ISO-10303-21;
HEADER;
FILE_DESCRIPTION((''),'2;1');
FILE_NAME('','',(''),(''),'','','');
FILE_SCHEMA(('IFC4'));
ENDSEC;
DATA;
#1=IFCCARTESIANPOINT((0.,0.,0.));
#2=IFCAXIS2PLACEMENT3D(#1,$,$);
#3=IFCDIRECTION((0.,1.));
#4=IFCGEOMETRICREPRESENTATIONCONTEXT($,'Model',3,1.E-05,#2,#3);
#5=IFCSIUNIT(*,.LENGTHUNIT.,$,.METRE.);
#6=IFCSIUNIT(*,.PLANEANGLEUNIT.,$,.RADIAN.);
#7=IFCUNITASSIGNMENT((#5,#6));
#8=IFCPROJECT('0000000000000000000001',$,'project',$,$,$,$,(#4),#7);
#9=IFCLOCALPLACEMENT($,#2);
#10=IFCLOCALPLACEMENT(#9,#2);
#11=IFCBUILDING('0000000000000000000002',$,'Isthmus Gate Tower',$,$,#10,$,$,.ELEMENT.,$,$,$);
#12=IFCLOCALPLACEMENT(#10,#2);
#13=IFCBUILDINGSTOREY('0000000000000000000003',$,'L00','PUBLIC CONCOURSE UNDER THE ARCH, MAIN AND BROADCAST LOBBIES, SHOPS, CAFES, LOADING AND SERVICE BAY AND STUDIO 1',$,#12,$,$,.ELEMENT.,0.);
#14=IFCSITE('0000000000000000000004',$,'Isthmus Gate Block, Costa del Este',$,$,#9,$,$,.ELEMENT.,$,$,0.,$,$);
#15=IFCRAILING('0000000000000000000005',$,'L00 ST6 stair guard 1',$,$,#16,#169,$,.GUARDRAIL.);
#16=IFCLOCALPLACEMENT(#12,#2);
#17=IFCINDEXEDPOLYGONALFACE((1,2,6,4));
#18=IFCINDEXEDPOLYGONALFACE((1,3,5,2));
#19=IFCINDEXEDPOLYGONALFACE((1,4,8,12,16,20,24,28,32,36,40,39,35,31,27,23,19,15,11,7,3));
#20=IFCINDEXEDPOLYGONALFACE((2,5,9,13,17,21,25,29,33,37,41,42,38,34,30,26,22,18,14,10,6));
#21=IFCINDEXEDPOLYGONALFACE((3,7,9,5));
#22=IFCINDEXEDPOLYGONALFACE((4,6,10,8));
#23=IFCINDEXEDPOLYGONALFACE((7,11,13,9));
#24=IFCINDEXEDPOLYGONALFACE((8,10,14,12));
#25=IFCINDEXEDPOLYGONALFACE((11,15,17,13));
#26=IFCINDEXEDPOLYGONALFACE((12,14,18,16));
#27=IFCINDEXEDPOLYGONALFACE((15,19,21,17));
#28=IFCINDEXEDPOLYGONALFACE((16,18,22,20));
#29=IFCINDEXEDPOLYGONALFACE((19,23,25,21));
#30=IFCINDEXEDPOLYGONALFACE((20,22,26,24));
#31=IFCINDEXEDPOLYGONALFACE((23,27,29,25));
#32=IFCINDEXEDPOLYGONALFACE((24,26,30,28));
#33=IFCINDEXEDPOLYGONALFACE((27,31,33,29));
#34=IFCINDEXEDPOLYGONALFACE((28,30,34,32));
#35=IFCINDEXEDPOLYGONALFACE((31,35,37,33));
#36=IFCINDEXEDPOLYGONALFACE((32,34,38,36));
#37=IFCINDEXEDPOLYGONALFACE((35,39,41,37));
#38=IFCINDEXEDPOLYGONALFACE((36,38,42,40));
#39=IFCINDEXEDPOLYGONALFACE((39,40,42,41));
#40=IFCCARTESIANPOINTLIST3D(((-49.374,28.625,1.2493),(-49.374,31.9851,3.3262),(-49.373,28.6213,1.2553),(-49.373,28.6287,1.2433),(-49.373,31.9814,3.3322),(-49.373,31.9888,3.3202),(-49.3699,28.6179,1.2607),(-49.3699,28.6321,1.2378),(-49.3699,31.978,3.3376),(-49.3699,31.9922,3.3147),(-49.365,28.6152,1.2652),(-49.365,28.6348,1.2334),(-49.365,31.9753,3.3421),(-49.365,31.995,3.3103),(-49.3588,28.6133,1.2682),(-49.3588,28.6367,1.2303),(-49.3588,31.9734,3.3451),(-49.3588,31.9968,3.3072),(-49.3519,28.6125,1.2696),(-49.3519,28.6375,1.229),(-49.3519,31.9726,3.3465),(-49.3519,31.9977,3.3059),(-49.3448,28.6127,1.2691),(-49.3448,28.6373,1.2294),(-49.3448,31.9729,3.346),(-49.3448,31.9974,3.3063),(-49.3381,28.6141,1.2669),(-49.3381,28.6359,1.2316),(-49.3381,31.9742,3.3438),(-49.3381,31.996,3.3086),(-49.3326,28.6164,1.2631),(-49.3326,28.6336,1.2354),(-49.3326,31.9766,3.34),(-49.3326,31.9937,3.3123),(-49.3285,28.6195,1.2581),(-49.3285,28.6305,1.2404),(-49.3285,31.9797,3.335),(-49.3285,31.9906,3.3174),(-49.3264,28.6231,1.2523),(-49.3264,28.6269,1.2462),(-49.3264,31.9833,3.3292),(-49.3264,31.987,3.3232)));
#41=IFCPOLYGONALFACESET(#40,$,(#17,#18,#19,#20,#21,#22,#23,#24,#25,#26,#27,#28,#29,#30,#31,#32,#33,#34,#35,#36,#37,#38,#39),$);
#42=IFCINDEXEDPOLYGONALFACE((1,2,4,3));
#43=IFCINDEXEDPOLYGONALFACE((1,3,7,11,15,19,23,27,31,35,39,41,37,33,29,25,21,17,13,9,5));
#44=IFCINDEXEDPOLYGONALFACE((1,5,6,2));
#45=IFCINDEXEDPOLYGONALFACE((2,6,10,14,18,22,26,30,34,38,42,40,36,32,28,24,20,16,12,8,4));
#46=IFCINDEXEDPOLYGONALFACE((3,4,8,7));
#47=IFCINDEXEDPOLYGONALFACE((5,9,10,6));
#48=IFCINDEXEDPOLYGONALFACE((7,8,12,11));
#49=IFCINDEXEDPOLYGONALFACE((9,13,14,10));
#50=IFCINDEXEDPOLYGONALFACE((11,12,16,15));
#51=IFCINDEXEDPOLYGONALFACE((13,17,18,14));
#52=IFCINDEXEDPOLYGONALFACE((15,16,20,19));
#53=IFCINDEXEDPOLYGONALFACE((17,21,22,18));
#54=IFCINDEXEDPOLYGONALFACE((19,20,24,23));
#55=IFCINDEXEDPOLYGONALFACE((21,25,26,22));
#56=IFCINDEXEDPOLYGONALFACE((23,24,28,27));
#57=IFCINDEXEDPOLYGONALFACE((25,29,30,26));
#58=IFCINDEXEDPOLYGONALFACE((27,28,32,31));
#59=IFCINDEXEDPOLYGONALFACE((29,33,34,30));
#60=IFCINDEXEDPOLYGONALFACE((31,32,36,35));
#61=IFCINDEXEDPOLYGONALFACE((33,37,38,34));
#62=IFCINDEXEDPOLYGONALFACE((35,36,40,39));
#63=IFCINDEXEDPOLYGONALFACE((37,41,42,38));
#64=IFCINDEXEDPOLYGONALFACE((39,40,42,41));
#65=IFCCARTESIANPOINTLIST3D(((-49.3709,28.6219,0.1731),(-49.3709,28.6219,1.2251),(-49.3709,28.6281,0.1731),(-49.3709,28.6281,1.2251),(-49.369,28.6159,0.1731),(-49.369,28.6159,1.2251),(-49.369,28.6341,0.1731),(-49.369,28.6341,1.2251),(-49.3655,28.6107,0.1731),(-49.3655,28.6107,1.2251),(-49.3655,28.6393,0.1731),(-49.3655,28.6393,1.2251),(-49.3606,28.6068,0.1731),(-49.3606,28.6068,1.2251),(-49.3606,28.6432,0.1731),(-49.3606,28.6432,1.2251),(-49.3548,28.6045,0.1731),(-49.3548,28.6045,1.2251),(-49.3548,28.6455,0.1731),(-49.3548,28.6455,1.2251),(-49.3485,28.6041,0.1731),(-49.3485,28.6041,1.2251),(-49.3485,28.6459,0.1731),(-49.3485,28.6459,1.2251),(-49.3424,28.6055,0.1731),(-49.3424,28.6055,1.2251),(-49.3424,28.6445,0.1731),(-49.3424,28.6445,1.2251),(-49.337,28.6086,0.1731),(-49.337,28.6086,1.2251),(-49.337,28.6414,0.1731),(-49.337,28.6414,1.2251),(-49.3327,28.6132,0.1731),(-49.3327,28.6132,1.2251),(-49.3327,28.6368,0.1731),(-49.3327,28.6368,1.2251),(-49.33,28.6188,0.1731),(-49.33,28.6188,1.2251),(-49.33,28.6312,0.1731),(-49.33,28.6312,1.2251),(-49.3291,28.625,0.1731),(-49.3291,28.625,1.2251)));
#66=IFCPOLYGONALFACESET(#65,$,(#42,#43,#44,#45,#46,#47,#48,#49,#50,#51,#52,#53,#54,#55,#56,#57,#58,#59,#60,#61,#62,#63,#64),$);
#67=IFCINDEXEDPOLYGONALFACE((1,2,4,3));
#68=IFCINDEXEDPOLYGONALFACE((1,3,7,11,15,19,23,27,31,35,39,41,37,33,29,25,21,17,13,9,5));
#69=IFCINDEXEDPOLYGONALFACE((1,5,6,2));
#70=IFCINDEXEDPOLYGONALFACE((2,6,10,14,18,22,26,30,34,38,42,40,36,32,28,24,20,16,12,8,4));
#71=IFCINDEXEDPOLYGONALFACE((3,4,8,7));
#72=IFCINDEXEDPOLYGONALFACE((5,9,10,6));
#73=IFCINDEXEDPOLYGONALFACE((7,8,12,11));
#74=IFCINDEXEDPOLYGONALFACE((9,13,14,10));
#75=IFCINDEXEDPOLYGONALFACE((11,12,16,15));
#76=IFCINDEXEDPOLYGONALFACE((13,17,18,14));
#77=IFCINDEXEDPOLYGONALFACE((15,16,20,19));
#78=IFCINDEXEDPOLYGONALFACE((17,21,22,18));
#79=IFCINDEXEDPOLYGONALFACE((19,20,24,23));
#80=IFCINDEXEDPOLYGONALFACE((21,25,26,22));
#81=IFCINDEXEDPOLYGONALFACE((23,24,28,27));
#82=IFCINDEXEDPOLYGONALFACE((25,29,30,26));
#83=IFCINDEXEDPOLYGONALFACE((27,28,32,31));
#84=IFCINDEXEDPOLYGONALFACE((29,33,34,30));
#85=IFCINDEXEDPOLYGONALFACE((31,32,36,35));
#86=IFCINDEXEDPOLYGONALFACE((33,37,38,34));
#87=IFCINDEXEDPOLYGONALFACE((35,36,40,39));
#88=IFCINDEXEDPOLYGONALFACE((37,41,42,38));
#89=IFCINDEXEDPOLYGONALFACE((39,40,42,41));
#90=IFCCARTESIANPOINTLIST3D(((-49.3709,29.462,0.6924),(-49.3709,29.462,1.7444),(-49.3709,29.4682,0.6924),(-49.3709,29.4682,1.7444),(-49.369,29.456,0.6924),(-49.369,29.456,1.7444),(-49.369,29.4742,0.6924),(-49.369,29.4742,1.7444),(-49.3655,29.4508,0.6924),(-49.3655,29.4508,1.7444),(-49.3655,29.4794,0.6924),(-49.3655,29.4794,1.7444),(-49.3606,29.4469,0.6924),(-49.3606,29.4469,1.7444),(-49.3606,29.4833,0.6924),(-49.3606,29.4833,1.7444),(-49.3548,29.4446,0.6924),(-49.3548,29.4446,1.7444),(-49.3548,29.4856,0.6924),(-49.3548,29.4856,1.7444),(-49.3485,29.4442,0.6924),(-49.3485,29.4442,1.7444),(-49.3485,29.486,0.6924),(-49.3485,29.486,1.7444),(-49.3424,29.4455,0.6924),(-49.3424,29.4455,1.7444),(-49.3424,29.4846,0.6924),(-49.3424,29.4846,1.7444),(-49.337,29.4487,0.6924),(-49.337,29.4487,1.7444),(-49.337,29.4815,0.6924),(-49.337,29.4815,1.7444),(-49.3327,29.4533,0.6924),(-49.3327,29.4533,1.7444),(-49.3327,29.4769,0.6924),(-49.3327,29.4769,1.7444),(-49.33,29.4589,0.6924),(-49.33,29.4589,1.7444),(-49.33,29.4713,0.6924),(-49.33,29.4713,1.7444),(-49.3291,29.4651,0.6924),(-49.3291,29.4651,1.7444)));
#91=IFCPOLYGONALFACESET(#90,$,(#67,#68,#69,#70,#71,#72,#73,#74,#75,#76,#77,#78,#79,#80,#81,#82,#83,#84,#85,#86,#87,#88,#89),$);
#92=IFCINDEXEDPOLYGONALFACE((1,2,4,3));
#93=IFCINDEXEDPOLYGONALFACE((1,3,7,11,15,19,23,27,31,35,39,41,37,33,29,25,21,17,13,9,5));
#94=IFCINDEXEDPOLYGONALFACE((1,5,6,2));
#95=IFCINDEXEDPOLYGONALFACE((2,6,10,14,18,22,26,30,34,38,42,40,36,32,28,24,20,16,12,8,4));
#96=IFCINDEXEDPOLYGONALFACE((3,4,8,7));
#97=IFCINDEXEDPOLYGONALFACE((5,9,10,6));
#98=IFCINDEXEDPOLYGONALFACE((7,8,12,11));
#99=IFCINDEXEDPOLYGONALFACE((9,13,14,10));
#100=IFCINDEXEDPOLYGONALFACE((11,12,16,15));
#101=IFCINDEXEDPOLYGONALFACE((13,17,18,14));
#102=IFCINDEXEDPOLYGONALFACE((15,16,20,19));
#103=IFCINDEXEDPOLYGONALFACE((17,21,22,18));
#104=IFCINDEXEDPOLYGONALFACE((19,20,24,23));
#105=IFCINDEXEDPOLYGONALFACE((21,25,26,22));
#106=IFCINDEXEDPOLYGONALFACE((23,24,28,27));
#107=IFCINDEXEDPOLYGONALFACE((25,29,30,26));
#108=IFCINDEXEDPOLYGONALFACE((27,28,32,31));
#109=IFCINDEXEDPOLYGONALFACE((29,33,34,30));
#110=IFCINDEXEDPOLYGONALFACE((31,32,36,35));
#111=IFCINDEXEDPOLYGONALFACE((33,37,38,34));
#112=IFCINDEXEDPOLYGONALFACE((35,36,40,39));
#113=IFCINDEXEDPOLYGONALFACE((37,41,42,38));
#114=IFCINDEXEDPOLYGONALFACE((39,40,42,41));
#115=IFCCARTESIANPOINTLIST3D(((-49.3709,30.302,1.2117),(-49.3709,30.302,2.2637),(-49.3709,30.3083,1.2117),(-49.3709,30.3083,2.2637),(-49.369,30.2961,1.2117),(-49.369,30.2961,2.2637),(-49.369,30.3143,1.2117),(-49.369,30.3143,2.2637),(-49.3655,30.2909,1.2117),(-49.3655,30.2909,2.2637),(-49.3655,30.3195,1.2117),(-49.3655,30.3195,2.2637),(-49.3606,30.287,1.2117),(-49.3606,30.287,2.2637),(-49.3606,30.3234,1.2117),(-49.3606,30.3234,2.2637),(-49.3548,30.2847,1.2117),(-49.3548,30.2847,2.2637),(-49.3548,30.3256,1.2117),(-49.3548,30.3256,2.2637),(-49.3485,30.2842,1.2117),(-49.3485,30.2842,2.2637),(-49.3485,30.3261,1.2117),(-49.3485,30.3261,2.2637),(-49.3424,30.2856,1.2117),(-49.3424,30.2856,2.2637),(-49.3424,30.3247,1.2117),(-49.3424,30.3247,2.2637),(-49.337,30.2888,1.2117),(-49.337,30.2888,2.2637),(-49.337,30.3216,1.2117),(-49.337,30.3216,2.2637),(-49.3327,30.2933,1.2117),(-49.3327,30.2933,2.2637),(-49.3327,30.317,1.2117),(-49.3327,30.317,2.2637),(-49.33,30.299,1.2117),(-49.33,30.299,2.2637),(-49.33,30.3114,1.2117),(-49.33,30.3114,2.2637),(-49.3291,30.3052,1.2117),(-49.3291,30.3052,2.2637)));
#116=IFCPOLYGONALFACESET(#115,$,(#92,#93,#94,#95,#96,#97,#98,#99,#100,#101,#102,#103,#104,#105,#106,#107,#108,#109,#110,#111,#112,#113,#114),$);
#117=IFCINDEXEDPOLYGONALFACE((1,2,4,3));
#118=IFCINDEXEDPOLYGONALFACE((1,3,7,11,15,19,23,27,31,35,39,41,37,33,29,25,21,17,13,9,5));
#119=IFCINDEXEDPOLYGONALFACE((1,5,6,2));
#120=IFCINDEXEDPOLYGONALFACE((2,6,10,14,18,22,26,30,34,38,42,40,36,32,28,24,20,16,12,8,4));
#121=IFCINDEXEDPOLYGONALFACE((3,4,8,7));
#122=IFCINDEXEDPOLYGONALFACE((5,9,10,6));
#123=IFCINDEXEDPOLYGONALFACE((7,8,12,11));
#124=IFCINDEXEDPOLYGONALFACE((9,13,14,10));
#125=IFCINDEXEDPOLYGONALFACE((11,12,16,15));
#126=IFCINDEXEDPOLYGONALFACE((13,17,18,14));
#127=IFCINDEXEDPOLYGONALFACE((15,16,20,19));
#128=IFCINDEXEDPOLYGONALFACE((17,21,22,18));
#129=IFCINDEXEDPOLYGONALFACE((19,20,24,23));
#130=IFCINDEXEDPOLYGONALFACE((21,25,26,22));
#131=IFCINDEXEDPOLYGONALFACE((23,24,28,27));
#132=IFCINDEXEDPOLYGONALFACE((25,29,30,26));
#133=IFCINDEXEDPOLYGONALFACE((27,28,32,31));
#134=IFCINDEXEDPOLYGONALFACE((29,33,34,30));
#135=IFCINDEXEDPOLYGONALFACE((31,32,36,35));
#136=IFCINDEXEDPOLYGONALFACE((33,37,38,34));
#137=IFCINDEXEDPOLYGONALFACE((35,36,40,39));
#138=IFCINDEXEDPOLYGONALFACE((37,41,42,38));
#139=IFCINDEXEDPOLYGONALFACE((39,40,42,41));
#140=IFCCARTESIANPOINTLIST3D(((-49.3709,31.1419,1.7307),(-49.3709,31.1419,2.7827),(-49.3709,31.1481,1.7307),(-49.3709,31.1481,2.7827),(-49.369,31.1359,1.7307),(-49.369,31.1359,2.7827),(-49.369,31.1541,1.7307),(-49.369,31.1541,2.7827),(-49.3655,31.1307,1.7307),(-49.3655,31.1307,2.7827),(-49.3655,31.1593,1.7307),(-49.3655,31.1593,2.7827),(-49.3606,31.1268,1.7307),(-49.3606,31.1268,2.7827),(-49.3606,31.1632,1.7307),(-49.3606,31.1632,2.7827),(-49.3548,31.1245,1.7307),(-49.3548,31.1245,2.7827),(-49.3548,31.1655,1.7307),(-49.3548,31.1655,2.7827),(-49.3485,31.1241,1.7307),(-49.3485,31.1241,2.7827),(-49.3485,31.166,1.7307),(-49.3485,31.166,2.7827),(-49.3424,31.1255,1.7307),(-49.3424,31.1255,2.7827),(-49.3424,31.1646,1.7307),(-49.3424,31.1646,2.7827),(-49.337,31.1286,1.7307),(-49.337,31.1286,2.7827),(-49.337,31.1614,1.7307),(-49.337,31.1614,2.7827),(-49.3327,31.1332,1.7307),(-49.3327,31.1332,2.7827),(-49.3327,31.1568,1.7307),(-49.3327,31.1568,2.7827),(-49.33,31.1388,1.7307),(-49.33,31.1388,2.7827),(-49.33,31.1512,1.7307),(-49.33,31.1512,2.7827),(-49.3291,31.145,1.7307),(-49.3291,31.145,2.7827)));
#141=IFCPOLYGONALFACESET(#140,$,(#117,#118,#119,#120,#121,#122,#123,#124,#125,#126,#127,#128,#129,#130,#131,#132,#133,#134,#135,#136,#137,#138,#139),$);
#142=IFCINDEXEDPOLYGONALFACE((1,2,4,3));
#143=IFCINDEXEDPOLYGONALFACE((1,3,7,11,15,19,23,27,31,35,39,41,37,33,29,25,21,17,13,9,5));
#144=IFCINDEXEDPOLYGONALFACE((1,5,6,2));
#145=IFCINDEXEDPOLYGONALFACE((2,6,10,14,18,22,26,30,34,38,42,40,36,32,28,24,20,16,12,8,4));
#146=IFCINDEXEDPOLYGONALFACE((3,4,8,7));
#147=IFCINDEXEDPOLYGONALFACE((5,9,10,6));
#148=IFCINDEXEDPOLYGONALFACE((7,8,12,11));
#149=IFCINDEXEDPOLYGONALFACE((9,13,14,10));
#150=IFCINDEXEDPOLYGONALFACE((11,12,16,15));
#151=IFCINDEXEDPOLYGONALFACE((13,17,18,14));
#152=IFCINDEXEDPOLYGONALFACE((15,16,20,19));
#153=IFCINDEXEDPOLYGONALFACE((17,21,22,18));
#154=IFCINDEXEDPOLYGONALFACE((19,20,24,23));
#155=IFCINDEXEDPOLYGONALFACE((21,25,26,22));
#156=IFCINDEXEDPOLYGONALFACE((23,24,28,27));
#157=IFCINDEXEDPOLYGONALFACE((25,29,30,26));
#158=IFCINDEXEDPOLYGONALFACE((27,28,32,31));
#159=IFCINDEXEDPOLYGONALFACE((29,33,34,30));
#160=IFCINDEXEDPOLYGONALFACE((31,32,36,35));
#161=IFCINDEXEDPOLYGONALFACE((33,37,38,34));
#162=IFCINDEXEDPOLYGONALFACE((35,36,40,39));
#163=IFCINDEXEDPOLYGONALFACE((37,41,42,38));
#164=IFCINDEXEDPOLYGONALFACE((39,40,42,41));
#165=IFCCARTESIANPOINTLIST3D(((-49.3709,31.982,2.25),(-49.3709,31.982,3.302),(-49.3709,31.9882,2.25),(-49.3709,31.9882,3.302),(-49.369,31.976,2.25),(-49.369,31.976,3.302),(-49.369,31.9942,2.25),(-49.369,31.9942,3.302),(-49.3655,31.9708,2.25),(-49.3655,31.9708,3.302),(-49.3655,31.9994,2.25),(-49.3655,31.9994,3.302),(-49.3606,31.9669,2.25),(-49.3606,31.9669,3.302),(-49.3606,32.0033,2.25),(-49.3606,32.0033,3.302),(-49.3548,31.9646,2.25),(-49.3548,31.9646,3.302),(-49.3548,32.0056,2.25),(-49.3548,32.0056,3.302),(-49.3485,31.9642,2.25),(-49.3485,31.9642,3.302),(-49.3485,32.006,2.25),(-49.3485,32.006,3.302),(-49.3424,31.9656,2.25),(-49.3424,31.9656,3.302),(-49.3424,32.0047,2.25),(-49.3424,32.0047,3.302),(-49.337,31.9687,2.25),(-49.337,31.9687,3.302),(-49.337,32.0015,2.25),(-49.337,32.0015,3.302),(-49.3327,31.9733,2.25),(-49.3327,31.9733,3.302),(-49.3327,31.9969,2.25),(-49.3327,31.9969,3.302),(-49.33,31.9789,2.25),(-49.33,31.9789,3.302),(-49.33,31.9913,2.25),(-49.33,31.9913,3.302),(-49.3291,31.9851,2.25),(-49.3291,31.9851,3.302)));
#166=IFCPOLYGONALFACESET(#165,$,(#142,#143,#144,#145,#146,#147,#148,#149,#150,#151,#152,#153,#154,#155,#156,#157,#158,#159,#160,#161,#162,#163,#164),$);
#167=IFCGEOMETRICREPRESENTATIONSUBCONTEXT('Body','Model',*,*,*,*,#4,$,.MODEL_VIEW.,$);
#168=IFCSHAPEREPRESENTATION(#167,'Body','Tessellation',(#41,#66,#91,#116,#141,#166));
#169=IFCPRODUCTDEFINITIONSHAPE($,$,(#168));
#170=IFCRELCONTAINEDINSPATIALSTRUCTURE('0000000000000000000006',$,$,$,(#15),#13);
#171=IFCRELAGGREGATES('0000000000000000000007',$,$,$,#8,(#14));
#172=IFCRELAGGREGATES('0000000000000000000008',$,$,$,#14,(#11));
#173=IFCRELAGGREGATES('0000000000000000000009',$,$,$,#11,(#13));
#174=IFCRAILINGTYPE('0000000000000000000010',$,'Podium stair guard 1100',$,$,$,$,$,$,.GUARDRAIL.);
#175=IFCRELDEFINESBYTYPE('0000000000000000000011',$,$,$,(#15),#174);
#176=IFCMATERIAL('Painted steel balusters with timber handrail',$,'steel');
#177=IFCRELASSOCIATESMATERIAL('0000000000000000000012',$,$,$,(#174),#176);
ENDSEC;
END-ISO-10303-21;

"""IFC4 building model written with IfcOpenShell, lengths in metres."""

from ifc_helpers import new_model, si_unit, direction, frame, origin, origin_2d, place, context, subcontext, project, spatial, circle, extrude, material, type_object, element, save


model = new_model("IFC4")

# Units and contexts
model_context = context("Model", 3, precision=1e-05, world=origin(), true_north=direction((0.0, 1.0)))
body_context = subcontext(model_context, "Body", "Model", "MODEL_VIEW")
ifc_project = project(units=[si_unit("LENGTHUNIT", "METRE"), si_unit("PLANEANGLEUNIT", "RADIAN")], contexts=[model_context])

# Site, building, storey
site_placement = place(None, origin())
site = spatial("IfcSite", under=ifc_project, at=site_placement, Name="Isthmus Gate Block, Costa del Este", CompositionType="ELEMENT", RefElevation=0.0)
building_placement = place(site_placement, origin())
building = spatial("IfcBuilding", under=site, at=building_placement, Name="Isthmus Gate Tower", CompositionType="ELEMENT")
storey_placement = place(building_placement, origin())
storey = spatial("IfcBuildingStorey", under=building, at=storey_placement, Name="L00", Description="PUBLIC CONCOURSE UNDER THE ARCH, MAIN AND BROADCAST LOBBIES, SHOPS, CAFES, LOADING AND SERVICE BAY AND STUDIO 1", CompositionType="ELEMENT", Elevation=0.0)

# Railing
ifc_material_1 = material(Name="Painted steel balusters with timber handrail", Category="steel")
railing_type_1 = type_object("IfcRailingType", Name="Podium stair guard 1100", PredefinedType="GUARDRAIL", material=ifc_material_1)
railing_1_placement = place(storey_placement, frame((-49.3501, 28.625, 0.1731)))
element("IfcRailing", 1, at=railing_1_placement, inside=storey, type_object=railing_type_1, Name="L00 ST6 stair guard 1", PredefinedType="GUARDRAIL", context=body_context, shape_type="SweptSolid", body=[
    extrude(circle(Radius=0.0239, at=origin_2d()), frame((0.0, 0.0, 1.0762), z_axis=(0.0, 0.850623, 0.525776), x_axis=(-1.0, 0.0, 0.0)), (0.0, 0.0, 1.0), 3.9502),
    extrude(circle(Radius=0.021, at=origin_2d()), origin(), (0.0, 0.0, 1.0), 1.052),
    extrude(circle(Radius=0.021, at=origin_2d()), frame((0.0, 0.8401, 0.5193)), (0.0, 0.0, 1.0), 1.052),
    extrude(circle(Radius=0.021, at=origin_2d()), frame((0.0, 1.6802, 1.0386)), (0.0, 0.0, 1.0), 1.052),
    extrude(circle(Radius=0.021, at=origin_2d()), frame((0.0, 2.52, 1.5576)), (0.0, 0.0, 1.0), 1.052),
    extrude(circle(Radius=0.021, at=origin_2d()), frame((0.0, 3.3601, 2.0769)), (0.0, 0.0, 1.0), 1.052),
])

save(model, "model.ifc")
